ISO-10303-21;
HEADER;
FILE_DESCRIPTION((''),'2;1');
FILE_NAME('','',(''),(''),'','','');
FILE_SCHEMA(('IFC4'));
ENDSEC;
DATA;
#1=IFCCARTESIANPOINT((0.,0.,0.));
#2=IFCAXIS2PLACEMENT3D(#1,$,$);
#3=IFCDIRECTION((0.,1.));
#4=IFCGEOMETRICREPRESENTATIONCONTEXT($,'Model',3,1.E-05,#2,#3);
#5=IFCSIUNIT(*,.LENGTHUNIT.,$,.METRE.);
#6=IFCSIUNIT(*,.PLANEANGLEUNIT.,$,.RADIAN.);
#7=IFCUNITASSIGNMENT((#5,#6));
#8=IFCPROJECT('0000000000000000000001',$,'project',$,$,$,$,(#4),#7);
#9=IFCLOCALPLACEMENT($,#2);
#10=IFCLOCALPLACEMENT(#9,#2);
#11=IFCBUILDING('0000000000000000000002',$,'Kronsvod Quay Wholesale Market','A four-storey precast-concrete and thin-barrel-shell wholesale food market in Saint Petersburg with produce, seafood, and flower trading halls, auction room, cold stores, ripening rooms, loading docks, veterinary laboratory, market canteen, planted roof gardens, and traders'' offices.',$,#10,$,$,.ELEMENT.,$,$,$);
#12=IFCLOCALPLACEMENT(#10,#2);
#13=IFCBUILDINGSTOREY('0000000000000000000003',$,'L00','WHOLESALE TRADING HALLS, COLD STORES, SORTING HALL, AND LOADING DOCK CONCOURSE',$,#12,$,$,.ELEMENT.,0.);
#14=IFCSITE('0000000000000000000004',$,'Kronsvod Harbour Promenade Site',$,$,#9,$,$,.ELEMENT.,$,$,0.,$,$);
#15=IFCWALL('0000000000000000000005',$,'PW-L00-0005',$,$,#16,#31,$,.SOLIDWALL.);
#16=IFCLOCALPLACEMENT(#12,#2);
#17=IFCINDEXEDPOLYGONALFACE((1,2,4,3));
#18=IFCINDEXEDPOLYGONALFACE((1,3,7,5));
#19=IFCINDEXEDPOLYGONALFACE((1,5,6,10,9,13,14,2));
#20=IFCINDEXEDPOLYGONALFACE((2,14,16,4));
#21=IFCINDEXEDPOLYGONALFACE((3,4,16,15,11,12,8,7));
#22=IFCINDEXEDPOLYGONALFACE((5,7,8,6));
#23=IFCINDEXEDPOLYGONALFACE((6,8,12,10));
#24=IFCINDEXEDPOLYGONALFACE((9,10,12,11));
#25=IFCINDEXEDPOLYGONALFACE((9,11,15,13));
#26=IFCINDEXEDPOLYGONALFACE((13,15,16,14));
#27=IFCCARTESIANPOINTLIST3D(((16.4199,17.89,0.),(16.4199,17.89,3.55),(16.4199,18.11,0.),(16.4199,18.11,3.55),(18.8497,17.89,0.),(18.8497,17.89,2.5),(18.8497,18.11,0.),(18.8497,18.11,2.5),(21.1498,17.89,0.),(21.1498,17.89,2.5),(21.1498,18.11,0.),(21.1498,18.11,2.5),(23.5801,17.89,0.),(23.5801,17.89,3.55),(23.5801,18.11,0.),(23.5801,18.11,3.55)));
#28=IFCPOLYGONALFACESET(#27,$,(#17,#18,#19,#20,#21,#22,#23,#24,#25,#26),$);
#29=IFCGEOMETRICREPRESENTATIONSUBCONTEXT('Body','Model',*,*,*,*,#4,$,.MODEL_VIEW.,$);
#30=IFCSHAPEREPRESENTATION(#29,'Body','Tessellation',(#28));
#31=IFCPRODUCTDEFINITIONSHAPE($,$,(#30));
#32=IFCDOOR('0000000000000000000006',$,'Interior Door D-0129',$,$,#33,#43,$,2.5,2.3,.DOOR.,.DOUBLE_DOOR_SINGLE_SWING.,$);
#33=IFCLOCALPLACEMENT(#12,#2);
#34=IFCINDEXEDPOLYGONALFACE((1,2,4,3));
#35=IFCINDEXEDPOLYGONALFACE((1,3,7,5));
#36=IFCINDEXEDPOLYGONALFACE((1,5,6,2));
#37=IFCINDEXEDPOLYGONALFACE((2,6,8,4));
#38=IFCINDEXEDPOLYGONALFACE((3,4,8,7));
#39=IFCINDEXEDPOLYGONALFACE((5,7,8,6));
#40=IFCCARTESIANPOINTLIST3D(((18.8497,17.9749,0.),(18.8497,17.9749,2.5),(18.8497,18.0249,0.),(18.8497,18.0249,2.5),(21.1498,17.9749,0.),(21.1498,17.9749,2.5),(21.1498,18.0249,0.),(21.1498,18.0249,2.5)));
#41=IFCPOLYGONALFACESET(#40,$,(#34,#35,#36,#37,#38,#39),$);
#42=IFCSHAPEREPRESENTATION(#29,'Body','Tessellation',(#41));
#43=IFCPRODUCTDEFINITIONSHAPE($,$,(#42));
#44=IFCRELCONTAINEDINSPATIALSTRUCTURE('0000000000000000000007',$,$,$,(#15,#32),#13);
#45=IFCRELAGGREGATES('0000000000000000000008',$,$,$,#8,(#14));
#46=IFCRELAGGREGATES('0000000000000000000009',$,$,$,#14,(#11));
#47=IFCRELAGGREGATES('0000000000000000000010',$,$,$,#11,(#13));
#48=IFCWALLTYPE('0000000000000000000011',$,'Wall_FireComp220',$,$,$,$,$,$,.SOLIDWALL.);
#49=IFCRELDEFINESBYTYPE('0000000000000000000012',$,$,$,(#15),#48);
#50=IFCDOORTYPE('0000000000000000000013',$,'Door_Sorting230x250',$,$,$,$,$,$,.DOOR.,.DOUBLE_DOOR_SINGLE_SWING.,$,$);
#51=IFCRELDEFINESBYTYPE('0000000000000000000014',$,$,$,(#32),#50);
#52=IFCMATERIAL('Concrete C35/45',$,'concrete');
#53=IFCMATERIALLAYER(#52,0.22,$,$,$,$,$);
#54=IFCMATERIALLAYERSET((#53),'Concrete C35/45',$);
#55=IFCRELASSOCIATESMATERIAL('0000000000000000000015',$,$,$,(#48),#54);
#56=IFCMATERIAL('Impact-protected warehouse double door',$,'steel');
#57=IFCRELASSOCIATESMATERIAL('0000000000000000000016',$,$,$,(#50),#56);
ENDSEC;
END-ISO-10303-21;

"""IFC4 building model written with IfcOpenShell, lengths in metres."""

from ifc_helpers import new_model, si_unit, direction, frame, frame_2d, origin, place, context, subcontext, project, spatial, rectangle, extrude, material, layer, layer_set, type_object, element, fill, save


model = new_model("IFC4")

# Units and contexts
model_context = context("Model", 3, precision=1e-05, world=origin(), true_north=direction((0.0, 1.0)))
body_context = subcontext(model_context, "Body", "Model", "MODEL_VIEW")
ifc_project = project(units=[si_unit("LENGTHUNIT", "METRE"), si_unit("PLANEANGLEUNIT", "RADIAN")], contexts=[model_context])

# Site, building, storey
site_placement = place(None, origin())
site = spatial("IfcSite", under=ifc_project, at=site_placement, Name="Kronsvod Harbour Promenade Site", CompositionType="ELEMENT", RefElevation=0.0)
building_placement = place(site_placement, origin())
building = spatial("IfcBuilding", under=site, at=building_placement, Name="Kronsvod Quay Wholesale Market", Description="A four-storey precast-concrete and thin-barrel-shell wholesale food market in Saint Petersburg with produce, seafood, and flower trading halls, auction room, cold stores, ripening rooms, loading docks, veterinary laboratory, market canteen, planted roof gardens, and traders' offices.", CompositionType="ELEMENT")
storey_placement = place(building_placement, origin())
storey = spatial("IfcBuildingStorey", under=building, at=storey_placement, Name="L00", Description="WHOLESALE TRADING HALLS, COLD STORES, SORTING HALL, AND LOADING DOCK CONCOURSE", CompositionType="ELEMENT", Elevation=0.0)

# Wall, opening, door
ifc_material_1 = material(Name="Concrete C35/45", Category="concrete")
ifc_layer_1 = layer(ifc_material_1, 0.22)
ifc_layer_set_1 = layer_set([ifc_layer_1], Name="Concrete C35/45")
wall_type_1 = type_object("IfcWallType", Name="Wall_FireComp220", PredefinedType="SOLIDWALL", material=ifc_layer_set_1)
wall_1_placement = place(storey_placement, frame((16.4199, 18.0, 0.0), z_axis=(0.0, 0.0, 1.0), x_axis=(1.0, 0.0, 0.0)))
wall_1 = element("IfcWall", 1, at=wall_1_placement, inside=storey, type_object=wall_type_1, Name="PW-L00-0005", PredefinedType="SOLIDWALL", context=body_context, shape_type="SweptSolid", body=[
    extrude(rectangle(XDim=7.1602, YDim=0.22, at=frame_2d((3.5801, 0.0))), origin(), (0.0, 0.0, 1.0), 3.55),
])
opening_1_placement = place(wall_1_placement, frame((2.4299, 0.0, 0.0)))
opening_1 = element("IfcOpeningElement", 2, at=opening_1_placement, cuts=wall_1, PredefinedType="OPENING", context=body_context, shape_type="SweptSolid", body=[
    extrude(rectangle(XDim=2.3, YDim=2.5, at=frame_2d((1.1499, 1.25))), frame((0.0, 0.1201, 0.0), z_axis=(0.0, -1.0, 0.0), x_axis=(1.0, 0.0, 0.0)), (0.0, 0.0, 1.0), 0.24),
])
ifc_material_2 = material(Name="Impact-protected warehouse double door", Category="steel")
door_type_1 = type_object("IfcDoorType", Name="Door_Sorting230x250", OperationType="DOUBLE_DOOR_SINGLE_SWING", PredefinedType="DOOR", material=ifc_material_2)
door_1_placement = place(opening_1_placement, origin())
door_1 = element("IfcDoor", 3, at=door_1_placement, inside=storey, type_object=door_type_1, Name="Interior Door D-0129", OperationType="DOUBLE_DOOR_SINGLE_SWING", OverallHeight=2.5, OverallWidth=2.3, PredefinedType="DOOR", context=body_context, shape_type="SweptSolid", body=[
    extrude(rectangle(XDim=2.3, YDim=2.5, at=frame_2d((1.1499, 1.25))), frame((0.0, 0.0249, 0.0), z_axis=(0.0, -1.0, 0.0), x_axis=(1.0, 0.0, 0.0)), (0.0, 0.0, 1.0), 0.05),
])
fill(opening_1, door_1)

save(model, "model.ifc")
